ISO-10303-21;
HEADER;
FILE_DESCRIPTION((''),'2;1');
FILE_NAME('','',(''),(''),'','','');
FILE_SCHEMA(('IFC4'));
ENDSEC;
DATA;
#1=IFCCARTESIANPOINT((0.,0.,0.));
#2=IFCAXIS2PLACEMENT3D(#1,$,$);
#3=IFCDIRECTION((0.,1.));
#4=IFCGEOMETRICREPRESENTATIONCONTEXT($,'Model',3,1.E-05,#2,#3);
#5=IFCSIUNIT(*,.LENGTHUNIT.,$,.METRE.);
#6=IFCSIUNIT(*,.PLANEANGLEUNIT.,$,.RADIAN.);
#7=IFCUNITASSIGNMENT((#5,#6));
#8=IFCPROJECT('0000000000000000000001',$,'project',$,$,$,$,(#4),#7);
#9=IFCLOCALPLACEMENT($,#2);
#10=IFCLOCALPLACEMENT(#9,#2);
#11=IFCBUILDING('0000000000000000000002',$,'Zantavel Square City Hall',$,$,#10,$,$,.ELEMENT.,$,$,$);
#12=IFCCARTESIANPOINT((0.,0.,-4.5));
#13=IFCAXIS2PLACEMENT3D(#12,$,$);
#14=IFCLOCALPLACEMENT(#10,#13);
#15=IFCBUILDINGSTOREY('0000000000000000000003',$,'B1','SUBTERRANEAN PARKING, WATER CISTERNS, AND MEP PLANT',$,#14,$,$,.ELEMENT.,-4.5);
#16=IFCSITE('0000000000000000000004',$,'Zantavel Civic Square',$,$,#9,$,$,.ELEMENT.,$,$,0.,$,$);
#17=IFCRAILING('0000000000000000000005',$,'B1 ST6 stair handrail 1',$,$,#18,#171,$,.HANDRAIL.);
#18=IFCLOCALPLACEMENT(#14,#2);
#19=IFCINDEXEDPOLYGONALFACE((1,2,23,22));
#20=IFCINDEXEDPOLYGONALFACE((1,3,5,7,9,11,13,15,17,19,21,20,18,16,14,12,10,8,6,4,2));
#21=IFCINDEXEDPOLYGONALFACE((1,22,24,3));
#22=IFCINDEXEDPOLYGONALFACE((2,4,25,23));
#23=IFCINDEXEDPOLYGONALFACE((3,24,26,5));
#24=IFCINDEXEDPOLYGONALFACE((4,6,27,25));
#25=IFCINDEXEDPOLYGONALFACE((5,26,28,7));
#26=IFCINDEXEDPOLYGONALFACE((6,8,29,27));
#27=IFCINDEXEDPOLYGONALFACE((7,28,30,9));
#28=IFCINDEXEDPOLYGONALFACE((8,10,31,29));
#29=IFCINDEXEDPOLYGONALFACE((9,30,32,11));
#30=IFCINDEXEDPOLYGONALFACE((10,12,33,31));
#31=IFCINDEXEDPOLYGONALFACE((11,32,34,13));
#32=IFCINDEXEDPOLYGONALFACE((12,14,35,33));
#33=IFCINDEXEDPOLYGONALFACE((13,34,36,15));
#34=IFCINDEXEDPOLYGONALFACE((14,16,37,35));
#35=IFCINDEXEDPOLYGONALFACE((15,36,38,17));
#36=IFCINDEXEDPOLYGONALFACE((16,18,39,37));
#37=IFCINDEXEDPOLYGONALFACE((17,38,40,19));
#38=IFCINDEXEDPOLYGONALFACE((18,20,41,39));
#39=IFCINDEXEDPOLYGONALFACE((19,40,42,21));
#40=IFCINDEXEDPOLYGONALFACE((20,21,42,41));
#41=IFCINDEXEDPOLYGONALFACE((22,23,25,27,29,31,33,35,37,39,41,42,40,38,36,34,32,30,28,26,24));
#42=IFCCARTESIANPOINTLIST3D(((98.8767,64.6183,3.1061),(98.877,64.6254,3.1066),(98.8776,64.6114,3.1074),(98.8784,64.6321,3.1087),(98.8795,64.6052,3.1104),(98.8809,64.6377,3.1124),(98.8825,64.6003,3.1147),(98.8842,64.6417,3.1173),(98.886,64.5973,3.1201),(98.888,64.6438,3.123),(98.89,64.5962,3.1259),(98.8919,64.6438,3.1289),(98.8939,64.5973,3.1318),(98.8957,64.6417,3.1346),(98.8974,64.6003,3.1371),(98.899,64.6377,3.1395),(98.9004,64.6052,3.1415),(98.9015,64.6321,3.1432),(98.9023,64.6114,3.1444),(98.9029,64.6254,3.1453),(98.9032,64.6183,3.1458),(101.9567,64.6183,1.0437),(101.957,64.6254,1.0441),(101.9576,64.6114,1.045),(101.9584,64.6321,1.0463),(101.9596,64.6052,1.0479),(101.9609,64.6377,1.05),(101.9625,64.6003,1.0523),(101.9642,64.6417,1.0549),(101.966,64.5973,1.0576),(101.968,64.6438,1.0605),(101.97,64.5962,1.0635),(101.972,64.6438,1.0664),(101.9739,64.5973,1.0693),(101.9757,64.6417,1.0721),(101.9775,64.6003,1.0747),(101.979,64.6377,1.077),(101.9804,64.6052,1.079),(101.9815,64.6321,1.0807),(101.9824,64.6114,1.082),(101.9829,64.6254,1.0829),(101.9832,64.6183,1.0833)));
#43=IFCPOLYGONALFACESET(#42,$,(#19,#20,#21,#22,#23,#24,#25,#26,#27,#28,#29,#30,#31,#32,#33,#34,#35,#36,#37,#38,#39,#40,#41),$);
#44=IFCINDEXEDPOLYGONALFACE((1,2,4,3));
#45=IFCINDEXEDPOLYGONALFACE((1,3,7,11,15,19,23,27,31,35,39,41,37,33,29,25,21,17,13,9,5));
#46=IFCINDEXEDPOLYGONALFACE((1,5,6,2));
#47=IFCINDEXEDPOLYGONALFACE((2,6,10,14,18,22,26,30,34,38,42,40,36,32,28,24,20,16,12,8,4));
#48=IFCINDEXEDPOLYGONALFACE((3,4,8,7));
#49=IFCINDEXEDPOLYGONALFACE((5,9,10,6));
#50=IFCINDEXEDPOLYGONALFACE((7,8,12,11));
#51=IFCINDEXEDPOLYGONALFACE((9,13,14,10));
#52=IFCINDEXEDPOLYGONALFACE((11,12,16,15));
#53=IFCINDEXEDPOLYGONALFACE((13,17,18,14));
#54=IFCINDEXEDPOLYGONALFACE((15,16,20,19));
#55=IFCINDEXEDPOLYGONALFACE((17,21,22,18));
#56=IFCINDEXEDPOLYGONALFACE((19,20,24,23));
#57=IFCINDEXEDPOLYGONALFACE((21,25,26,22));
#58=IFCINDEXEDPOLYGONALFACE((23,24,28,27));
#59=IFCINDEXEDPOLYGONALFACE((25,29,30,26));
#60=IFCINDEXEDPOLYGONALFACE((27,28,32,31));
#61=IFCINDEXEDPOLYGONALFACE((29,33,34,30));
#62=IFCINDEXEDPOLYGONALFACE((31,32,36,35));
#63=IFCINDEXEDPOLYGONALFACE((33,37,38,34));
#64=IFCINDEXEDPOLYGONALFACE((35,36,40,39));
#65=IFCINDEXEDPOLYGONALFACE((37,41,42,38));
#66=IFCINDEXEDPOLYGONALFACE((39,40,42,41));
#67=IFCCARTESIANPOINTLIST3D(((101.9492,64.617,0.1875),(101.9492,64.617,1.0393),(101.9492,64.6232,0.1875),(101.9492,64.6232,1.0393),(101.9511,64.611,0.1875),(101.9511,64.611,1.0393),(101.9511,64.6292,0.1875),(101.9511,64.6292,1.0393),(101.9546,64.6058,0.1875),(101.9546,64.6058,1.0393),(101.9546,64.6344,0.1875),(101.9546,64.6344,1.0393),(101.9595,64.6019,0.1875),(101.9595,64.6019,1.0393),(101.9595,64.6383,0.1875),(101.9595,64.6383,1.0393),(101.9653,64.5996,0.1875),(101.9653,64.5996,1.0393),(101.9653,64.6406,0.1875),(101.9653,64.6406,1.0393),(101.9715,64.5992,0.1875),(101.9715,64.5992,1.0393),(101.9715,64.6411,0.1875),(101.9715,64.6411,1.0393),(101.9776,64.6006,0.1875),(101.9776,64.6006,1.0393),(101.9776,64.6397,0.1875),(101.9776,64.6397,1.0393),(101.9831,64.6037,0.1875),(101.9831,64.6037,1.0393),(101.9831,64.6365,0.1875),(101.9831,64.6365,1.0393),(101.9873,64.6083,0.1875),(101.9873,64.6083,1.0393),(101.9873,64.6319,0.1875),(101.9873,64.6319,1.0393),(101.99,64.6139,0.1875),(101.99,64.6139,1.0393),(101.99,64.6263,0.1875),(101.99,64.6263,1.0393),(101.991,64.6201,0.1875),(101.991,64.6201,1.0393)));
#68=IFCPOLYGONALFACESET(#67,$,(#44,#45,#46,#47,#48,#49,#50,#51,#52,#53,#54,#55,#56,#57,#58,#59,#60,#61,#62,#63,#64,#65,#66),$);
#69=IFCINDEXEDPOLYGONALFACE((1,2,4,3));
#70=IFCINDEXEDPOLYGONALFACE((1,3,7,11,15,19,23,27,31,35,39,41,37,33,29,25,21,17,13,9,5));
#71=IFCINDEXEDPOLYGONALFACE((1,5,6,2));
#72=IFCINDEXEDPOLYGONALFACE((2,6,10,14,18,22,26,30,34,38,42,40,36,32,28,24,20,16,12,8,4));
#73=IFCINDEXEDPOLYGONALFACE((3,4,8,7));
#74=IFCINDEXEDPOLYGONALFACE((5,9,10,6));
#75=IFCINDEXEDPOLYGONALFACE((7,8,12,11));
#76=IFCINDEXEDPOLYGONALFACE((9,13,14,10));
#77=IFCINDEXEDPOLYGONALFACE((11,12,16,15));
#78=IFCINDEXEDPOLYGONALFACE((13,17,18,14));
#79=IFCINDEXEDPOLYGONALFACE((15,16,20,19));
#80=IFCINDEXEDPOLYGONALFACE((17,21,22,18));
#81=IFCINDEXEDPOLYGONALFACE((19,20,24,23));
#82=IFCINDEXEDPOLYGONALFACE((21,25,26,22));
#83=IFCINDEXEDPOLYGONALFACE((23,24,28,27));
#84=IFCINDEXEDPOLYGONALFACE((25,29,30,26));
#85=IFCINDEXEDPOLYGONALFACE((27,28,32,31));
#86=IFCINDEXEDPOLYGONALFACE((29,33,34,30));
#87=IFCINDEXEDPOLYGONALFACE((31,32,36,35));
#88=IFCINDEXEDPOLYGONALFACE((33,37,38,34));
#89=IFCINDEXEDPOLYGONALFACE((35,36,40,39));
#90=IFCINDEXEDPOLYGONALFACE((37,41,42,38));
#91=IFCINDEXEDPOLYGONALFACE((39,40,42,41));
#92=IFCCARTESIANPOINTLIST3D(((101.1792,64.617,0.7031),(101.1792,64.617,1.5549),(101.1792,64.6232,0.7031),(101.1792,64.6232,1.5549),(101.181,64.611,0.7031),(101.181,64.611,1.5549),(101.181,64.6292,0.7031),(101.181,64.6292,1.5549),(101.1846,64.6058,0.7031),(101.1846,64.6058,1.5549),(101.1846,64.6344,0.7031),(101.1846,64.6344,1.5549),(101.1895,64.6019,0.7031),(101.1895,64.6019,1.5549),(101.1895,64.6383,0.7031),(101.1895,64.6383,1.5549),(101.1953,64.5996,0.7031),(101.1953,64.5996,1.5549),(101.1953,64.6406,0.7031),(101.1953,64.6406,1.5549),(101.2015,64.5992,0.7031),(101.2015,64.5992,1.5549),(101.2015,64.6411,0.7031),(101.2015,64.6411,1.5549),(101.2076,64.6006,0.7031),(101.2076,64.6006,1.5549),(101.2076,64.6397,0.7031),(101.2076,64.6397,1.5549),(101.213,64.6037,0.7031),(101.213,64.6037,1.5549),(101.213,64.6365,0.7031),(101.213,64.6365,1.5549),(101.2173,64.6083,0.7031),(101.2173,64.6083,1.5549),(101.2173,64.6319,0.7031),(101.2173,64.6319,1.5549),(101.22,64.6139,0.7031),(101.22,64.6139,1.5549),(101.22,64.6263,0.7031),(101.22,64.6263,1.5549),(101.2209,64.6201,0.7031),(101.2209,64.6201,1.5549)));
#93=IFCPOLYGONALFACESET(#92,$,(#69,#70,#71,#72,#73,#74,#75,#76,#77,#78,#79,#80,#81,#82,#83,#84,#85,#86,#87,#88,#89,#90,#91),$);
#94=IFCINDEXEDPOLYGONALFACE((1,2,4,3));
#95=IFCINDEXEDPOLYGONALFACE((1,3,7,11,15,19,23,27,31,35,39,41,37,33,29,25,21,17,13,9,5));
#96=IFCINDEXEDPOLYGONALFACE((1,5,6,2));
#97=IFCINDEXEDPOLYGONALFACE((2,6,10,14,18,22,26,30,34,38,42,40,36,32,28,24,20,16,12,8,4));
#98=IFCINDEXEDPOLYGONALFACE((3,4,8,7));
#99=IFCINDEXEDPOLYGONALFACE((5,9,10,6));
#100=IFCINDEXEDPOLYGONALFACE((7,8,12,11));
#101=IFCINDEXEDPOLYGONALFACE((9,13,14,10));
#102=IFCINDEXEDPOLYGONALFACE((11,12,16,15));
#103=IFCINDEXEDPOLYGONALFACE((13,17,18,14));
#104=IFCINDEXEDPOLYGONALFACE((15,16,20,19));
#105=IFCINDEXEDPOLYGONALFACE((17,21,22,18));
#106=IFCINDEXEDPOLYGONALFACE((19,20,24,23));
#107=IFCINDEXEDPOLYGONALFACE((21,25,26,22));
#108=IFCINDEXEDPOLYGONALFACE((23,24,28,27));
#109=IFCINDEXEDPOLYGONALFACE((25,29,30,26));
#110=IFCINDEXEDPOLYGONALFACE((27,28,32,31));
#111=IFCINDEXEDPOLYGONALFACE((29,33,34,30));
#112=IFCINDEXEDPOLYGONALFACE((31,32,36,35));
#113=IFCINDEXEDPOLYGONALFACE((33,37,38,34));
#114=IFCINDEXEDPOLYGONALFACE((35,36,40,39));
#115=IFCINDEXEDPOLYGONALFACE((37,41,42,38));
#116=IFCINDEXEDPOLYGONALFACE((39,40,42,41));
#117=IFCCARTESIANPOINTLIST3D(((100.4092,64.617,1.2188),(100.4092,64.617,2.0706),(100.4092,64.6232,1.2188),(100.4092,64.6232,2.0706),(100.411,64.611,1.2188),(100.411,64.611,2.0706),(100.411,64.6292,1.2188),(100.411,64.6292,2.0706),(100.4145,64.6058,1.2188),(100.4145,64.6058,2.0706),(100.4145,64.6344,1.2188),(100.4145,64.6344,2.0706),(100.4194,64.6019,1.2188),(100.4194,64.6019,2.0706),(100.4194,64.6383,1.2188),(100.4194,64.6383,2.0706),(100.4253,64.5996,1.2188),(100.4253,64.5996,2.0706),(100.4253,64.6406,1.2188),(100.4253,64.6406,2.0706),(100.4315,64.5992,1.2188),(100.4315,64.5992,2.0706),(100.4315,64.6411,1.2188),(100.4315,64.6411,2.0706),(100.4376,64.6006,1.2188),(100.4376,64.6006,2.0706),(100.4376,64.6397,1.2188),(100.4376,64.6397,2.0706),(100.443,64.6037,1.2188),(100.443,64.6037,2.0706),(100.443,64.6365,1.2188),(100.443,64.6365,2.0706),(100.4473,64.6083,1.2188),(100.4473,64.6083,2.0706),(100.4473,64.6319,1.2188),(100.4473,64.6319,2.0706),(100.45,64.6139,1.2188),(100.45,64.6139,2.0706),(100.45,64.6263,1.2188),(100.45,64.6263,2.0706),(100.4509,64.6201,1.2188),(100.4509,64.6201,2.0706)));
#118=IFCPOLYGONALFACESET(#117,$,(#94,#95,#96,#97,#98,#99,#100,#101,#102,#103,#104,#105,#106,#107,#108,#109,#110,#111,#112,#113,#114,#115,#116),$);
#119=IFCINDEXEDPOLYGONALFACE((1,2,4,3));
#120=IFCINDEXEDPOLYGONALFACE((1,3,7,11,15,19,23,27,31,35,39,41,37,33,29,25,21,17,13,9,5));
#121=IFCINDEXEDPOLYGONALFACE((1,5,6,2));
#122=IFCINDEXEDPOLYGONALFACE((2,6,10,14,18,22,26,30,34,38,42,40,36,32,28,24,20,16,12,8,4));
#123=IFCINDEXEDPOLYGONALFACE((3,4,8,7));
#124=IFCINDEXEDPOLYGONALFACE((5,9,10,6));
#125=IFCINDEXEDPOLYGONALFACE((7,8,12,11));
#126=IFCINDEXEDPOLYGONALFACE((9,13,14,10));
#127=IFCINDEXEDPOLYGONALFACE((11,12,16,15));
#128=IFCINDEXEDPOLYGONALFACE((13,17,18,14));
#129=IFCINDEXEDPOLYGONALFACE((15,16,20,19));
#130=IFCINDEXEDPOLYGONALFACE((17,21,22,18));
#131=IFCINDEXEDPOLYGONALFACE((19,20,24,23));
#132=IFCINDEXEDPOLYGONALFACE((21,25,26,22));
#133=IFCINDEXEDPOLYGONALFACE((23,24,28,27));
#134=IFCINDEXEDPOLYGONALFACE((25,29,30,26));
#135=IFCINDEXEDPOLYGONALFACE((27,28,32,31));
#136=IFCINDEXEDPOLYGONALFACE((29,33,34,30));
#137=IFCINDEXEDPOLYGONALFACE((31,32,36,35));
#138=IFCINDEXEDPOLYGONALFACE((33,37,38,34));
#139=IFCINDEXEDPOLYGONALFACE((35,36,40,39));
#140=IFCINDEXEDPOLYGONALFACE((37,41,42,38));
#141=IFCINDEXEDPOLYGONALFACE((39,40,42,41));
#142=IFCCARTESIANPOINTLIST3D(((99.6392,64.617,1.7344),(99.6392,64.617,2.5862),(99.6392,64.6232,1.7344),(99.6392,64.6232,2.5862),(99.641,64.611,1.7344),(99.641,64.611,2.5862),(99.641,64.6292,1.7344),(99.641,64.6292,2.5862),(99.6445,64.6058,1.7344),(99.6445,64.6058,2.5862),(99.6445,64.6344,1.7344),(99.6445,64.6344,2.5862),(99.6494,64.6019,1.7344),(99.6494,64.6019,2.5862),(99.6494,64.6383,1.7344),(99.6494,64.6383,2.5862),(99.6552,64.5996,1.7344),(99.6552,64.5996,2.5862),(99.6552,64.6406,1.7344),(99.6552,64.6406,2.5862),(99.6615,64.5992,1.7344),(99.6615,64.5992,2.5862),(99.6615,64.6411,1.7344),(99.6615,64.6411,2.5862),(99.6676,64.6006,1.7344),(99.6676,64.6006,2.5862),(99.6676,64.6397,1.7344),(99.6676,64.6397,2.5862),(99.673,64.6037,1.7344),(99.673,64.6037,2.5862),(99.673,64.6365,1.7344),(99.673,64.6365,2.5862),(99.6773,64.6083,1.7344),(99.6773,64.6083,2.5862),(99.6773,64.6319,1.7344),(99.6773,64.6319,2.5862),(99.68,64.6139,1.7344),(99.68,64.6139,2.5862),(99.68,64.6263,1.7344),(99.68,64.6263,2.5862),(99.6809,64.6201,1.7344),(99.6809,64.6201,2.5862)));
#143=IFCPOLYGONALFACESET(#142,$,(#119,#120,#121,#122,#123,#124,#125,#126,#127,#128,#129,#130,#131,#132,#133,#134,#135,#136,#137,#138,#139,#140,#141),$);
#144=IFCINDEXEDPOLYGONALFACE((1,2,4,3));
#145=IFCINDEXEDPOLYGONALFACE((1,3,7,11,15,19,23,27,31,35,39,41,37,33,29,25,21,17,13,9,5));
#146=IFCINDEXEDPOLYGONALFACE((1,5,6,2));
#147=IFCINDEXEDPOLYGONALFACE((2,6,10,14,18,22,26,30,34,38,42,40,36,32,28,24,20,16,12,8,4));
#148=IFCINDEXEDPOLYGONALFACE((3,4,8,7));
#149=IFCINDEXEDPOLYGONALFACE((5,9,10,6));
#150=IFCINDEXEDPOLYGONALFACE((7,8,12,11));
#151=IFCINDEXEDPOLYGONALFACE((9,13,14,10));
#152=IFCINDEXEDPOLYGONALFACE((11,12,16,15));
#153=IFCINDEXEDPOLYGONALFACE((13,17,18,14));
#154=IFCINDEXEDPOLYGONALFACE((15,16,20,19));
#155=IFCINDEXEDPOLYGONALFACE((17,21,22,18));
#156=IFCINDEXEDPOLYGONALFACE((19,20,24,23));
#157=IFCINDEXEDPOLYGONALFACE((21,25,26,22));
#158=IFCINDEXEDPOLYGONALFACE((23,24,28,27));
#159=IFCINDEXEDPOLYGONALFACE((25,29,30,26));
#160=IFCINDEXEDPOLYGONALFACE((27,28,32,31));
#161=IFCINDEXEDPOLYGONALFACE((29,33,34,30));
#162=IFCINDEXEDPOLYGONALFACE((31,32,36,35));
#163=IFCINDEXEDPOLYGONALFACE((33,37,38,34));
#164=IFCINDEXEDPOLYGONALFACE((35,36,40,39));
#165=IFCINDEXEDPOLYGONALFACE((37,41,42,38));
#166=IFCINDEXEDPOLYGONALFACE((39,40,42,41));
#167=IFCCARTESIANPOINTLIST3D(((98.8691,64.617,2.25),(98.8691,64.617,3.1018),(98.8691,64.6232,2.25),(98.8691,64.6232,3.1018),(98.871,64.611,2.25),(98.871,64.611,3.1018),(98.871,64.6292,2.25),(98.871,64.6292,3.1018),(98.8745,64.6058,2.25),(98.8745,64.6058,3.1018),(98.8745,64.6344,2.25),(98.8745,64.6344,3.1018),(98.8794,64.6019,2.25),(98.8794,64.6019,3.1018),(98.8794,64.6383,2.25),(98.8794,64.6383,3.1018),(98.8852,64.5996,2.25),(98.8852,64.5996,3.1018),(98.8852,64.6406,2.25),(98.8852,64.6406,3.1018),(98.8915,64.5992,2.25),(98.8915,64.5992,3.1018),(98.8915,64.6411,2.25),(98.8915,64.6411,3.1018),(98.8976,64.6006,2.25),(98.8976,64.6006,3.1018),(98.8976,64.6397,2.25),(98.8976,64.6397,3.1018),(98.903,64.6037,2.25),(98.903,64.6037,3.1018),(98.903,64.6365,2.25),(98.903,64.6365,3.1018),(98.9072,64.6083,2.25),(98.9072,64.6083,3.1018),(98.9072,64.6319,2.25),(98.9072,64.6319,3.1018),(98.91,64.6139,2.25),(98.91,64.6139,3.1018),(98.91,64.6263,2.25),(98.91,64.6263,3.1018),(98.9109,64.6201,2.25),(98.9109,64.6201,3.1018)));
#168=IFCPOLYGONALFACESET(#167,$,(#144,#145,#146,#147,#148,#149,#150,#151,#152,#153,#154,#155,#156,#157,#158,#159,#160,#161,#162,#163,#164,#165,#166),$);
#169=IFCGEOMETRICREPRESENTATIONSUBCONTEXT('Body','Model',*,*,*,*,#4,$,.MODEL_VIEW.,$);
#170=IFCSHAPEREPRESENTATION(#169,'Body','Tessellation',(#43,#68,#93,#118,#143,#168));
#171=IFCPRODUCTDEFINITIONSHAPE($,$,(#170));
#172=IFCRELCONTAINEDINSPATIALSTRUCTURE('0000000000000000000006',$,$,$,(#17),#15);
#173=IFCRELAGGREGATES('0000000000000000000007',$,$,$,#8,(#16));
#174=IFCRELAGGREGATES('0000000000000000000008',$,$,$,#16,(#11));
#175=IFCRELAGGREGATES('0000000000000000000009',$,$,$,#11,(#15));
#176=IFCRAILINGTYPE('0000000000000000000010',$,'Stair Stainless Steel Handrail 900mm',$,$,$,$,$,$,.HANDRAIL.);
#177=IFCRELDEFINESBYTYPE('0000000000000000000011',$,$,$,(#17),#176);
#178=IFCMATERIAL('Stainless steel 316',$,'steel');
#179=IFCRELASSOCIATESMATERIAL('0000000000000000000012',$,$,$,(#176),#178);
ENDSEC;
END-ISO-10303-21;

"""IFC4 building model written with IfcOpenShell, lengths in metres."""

from ifc_helpers import new_model, si_unit, direction, frame, origin, origin_2d, place, context, subcontext, project, spatial, circle, extrude, material, type_object, element, save


model = new_model("IFC4")

# Units and contexts
model_context = context("Model", 3, precision=1e-05, world=origin(), true_north=direction((0.0, 1.0)))
body_context = subcontext(model_context, "Body", "Model", "MODEL_VIEW")
ifc_project = project(units=[si_unit("LENGTHUNIT", "METRE"), si_unit("PLANEANGLEUNIT", "RADIAN")], contexts=[model_context])

# Site, building, storey
site_placement = place(None, origin())
site = spatial("IfcSite", under=ifc_project, at=site_placement, Name="Zantavel Civic Square", CompositionType="ELEMENT", RefElevation=0.0)
building_placement = place(site_placement, origin())
building = spatial("IfcBuilding", under=site, at=building_placement, Name="Zantavel Square City Hall", CompositionType="ELEMENT")
storey_placement = place(building_placement, frame((0.0, 0.0, -4.5)))
storey = spatial("IfcBuildingStorey", under=building, at=storey_placement, Name="B1", Description="SUBTERRANEAN PARKING, WATER CISTERNS, AND MEP PLANT", CompositionType="ELEMENT", Elevation=-4.5)

# Railing
ifc_material_1 = material(Name="Stainless steel 316", Category="steel")
railing_type = type_object("IfcRailingType", Name="Stair Stainless Steel Handrail 900mm", PredefinedType="HANDRAIL", material=ifc_material_1)
railing_placement = place(storey_placement, frame((101.97, 64.6201, 0.1875)))
element("IfcRailing", 1, at=railing_placement, inside=storey, type_object=railing_type, Name="B1 ST6 stair handrail 1", PredefinedType="HANDRAIL", context=body_context, shape_type="SweptSolid", body=[
    extrude(circle(Radius=0.0239, at=origin_2d()), frame((0.0, 0.0, 0.876), z_axis=(-0.830914, 0.0, 0.556401), x_axis=(0.0, -1.0, 0.0)), (0.0, 0.0, 1.0), 3.7068),
    extrude(circle(Radius=0.021, at=origin_2d()), origin(), (0.0, 0.0, 1.0), 0.8518),
    extrude(circle(Radius=0.021, at=origin_2d()), frame((-0.77, 0.0, 0.5156)), (0.0, 0.0, 1.0), 0.8518),
    extrude(circle(Radius=0.021, at=origin_2d()), frame((-1.54, 0.0, 1.0312)), (0.0, 0.0, 1.0), 0.8518),
    extrude(circle(Radius=0.021, at=origin_2d()), frame((-2.3101, 0.0, 1.5469)), (0.0, 0.0, 1.0), 0.8518),
    extrude(circle(Radius=0.021, at=origin_2d()), frame((-3.0801, 0.0, 2.0625)), (0.0, 0.0, 1.0), 0.8518),
])

save(model, "model.ifc")
